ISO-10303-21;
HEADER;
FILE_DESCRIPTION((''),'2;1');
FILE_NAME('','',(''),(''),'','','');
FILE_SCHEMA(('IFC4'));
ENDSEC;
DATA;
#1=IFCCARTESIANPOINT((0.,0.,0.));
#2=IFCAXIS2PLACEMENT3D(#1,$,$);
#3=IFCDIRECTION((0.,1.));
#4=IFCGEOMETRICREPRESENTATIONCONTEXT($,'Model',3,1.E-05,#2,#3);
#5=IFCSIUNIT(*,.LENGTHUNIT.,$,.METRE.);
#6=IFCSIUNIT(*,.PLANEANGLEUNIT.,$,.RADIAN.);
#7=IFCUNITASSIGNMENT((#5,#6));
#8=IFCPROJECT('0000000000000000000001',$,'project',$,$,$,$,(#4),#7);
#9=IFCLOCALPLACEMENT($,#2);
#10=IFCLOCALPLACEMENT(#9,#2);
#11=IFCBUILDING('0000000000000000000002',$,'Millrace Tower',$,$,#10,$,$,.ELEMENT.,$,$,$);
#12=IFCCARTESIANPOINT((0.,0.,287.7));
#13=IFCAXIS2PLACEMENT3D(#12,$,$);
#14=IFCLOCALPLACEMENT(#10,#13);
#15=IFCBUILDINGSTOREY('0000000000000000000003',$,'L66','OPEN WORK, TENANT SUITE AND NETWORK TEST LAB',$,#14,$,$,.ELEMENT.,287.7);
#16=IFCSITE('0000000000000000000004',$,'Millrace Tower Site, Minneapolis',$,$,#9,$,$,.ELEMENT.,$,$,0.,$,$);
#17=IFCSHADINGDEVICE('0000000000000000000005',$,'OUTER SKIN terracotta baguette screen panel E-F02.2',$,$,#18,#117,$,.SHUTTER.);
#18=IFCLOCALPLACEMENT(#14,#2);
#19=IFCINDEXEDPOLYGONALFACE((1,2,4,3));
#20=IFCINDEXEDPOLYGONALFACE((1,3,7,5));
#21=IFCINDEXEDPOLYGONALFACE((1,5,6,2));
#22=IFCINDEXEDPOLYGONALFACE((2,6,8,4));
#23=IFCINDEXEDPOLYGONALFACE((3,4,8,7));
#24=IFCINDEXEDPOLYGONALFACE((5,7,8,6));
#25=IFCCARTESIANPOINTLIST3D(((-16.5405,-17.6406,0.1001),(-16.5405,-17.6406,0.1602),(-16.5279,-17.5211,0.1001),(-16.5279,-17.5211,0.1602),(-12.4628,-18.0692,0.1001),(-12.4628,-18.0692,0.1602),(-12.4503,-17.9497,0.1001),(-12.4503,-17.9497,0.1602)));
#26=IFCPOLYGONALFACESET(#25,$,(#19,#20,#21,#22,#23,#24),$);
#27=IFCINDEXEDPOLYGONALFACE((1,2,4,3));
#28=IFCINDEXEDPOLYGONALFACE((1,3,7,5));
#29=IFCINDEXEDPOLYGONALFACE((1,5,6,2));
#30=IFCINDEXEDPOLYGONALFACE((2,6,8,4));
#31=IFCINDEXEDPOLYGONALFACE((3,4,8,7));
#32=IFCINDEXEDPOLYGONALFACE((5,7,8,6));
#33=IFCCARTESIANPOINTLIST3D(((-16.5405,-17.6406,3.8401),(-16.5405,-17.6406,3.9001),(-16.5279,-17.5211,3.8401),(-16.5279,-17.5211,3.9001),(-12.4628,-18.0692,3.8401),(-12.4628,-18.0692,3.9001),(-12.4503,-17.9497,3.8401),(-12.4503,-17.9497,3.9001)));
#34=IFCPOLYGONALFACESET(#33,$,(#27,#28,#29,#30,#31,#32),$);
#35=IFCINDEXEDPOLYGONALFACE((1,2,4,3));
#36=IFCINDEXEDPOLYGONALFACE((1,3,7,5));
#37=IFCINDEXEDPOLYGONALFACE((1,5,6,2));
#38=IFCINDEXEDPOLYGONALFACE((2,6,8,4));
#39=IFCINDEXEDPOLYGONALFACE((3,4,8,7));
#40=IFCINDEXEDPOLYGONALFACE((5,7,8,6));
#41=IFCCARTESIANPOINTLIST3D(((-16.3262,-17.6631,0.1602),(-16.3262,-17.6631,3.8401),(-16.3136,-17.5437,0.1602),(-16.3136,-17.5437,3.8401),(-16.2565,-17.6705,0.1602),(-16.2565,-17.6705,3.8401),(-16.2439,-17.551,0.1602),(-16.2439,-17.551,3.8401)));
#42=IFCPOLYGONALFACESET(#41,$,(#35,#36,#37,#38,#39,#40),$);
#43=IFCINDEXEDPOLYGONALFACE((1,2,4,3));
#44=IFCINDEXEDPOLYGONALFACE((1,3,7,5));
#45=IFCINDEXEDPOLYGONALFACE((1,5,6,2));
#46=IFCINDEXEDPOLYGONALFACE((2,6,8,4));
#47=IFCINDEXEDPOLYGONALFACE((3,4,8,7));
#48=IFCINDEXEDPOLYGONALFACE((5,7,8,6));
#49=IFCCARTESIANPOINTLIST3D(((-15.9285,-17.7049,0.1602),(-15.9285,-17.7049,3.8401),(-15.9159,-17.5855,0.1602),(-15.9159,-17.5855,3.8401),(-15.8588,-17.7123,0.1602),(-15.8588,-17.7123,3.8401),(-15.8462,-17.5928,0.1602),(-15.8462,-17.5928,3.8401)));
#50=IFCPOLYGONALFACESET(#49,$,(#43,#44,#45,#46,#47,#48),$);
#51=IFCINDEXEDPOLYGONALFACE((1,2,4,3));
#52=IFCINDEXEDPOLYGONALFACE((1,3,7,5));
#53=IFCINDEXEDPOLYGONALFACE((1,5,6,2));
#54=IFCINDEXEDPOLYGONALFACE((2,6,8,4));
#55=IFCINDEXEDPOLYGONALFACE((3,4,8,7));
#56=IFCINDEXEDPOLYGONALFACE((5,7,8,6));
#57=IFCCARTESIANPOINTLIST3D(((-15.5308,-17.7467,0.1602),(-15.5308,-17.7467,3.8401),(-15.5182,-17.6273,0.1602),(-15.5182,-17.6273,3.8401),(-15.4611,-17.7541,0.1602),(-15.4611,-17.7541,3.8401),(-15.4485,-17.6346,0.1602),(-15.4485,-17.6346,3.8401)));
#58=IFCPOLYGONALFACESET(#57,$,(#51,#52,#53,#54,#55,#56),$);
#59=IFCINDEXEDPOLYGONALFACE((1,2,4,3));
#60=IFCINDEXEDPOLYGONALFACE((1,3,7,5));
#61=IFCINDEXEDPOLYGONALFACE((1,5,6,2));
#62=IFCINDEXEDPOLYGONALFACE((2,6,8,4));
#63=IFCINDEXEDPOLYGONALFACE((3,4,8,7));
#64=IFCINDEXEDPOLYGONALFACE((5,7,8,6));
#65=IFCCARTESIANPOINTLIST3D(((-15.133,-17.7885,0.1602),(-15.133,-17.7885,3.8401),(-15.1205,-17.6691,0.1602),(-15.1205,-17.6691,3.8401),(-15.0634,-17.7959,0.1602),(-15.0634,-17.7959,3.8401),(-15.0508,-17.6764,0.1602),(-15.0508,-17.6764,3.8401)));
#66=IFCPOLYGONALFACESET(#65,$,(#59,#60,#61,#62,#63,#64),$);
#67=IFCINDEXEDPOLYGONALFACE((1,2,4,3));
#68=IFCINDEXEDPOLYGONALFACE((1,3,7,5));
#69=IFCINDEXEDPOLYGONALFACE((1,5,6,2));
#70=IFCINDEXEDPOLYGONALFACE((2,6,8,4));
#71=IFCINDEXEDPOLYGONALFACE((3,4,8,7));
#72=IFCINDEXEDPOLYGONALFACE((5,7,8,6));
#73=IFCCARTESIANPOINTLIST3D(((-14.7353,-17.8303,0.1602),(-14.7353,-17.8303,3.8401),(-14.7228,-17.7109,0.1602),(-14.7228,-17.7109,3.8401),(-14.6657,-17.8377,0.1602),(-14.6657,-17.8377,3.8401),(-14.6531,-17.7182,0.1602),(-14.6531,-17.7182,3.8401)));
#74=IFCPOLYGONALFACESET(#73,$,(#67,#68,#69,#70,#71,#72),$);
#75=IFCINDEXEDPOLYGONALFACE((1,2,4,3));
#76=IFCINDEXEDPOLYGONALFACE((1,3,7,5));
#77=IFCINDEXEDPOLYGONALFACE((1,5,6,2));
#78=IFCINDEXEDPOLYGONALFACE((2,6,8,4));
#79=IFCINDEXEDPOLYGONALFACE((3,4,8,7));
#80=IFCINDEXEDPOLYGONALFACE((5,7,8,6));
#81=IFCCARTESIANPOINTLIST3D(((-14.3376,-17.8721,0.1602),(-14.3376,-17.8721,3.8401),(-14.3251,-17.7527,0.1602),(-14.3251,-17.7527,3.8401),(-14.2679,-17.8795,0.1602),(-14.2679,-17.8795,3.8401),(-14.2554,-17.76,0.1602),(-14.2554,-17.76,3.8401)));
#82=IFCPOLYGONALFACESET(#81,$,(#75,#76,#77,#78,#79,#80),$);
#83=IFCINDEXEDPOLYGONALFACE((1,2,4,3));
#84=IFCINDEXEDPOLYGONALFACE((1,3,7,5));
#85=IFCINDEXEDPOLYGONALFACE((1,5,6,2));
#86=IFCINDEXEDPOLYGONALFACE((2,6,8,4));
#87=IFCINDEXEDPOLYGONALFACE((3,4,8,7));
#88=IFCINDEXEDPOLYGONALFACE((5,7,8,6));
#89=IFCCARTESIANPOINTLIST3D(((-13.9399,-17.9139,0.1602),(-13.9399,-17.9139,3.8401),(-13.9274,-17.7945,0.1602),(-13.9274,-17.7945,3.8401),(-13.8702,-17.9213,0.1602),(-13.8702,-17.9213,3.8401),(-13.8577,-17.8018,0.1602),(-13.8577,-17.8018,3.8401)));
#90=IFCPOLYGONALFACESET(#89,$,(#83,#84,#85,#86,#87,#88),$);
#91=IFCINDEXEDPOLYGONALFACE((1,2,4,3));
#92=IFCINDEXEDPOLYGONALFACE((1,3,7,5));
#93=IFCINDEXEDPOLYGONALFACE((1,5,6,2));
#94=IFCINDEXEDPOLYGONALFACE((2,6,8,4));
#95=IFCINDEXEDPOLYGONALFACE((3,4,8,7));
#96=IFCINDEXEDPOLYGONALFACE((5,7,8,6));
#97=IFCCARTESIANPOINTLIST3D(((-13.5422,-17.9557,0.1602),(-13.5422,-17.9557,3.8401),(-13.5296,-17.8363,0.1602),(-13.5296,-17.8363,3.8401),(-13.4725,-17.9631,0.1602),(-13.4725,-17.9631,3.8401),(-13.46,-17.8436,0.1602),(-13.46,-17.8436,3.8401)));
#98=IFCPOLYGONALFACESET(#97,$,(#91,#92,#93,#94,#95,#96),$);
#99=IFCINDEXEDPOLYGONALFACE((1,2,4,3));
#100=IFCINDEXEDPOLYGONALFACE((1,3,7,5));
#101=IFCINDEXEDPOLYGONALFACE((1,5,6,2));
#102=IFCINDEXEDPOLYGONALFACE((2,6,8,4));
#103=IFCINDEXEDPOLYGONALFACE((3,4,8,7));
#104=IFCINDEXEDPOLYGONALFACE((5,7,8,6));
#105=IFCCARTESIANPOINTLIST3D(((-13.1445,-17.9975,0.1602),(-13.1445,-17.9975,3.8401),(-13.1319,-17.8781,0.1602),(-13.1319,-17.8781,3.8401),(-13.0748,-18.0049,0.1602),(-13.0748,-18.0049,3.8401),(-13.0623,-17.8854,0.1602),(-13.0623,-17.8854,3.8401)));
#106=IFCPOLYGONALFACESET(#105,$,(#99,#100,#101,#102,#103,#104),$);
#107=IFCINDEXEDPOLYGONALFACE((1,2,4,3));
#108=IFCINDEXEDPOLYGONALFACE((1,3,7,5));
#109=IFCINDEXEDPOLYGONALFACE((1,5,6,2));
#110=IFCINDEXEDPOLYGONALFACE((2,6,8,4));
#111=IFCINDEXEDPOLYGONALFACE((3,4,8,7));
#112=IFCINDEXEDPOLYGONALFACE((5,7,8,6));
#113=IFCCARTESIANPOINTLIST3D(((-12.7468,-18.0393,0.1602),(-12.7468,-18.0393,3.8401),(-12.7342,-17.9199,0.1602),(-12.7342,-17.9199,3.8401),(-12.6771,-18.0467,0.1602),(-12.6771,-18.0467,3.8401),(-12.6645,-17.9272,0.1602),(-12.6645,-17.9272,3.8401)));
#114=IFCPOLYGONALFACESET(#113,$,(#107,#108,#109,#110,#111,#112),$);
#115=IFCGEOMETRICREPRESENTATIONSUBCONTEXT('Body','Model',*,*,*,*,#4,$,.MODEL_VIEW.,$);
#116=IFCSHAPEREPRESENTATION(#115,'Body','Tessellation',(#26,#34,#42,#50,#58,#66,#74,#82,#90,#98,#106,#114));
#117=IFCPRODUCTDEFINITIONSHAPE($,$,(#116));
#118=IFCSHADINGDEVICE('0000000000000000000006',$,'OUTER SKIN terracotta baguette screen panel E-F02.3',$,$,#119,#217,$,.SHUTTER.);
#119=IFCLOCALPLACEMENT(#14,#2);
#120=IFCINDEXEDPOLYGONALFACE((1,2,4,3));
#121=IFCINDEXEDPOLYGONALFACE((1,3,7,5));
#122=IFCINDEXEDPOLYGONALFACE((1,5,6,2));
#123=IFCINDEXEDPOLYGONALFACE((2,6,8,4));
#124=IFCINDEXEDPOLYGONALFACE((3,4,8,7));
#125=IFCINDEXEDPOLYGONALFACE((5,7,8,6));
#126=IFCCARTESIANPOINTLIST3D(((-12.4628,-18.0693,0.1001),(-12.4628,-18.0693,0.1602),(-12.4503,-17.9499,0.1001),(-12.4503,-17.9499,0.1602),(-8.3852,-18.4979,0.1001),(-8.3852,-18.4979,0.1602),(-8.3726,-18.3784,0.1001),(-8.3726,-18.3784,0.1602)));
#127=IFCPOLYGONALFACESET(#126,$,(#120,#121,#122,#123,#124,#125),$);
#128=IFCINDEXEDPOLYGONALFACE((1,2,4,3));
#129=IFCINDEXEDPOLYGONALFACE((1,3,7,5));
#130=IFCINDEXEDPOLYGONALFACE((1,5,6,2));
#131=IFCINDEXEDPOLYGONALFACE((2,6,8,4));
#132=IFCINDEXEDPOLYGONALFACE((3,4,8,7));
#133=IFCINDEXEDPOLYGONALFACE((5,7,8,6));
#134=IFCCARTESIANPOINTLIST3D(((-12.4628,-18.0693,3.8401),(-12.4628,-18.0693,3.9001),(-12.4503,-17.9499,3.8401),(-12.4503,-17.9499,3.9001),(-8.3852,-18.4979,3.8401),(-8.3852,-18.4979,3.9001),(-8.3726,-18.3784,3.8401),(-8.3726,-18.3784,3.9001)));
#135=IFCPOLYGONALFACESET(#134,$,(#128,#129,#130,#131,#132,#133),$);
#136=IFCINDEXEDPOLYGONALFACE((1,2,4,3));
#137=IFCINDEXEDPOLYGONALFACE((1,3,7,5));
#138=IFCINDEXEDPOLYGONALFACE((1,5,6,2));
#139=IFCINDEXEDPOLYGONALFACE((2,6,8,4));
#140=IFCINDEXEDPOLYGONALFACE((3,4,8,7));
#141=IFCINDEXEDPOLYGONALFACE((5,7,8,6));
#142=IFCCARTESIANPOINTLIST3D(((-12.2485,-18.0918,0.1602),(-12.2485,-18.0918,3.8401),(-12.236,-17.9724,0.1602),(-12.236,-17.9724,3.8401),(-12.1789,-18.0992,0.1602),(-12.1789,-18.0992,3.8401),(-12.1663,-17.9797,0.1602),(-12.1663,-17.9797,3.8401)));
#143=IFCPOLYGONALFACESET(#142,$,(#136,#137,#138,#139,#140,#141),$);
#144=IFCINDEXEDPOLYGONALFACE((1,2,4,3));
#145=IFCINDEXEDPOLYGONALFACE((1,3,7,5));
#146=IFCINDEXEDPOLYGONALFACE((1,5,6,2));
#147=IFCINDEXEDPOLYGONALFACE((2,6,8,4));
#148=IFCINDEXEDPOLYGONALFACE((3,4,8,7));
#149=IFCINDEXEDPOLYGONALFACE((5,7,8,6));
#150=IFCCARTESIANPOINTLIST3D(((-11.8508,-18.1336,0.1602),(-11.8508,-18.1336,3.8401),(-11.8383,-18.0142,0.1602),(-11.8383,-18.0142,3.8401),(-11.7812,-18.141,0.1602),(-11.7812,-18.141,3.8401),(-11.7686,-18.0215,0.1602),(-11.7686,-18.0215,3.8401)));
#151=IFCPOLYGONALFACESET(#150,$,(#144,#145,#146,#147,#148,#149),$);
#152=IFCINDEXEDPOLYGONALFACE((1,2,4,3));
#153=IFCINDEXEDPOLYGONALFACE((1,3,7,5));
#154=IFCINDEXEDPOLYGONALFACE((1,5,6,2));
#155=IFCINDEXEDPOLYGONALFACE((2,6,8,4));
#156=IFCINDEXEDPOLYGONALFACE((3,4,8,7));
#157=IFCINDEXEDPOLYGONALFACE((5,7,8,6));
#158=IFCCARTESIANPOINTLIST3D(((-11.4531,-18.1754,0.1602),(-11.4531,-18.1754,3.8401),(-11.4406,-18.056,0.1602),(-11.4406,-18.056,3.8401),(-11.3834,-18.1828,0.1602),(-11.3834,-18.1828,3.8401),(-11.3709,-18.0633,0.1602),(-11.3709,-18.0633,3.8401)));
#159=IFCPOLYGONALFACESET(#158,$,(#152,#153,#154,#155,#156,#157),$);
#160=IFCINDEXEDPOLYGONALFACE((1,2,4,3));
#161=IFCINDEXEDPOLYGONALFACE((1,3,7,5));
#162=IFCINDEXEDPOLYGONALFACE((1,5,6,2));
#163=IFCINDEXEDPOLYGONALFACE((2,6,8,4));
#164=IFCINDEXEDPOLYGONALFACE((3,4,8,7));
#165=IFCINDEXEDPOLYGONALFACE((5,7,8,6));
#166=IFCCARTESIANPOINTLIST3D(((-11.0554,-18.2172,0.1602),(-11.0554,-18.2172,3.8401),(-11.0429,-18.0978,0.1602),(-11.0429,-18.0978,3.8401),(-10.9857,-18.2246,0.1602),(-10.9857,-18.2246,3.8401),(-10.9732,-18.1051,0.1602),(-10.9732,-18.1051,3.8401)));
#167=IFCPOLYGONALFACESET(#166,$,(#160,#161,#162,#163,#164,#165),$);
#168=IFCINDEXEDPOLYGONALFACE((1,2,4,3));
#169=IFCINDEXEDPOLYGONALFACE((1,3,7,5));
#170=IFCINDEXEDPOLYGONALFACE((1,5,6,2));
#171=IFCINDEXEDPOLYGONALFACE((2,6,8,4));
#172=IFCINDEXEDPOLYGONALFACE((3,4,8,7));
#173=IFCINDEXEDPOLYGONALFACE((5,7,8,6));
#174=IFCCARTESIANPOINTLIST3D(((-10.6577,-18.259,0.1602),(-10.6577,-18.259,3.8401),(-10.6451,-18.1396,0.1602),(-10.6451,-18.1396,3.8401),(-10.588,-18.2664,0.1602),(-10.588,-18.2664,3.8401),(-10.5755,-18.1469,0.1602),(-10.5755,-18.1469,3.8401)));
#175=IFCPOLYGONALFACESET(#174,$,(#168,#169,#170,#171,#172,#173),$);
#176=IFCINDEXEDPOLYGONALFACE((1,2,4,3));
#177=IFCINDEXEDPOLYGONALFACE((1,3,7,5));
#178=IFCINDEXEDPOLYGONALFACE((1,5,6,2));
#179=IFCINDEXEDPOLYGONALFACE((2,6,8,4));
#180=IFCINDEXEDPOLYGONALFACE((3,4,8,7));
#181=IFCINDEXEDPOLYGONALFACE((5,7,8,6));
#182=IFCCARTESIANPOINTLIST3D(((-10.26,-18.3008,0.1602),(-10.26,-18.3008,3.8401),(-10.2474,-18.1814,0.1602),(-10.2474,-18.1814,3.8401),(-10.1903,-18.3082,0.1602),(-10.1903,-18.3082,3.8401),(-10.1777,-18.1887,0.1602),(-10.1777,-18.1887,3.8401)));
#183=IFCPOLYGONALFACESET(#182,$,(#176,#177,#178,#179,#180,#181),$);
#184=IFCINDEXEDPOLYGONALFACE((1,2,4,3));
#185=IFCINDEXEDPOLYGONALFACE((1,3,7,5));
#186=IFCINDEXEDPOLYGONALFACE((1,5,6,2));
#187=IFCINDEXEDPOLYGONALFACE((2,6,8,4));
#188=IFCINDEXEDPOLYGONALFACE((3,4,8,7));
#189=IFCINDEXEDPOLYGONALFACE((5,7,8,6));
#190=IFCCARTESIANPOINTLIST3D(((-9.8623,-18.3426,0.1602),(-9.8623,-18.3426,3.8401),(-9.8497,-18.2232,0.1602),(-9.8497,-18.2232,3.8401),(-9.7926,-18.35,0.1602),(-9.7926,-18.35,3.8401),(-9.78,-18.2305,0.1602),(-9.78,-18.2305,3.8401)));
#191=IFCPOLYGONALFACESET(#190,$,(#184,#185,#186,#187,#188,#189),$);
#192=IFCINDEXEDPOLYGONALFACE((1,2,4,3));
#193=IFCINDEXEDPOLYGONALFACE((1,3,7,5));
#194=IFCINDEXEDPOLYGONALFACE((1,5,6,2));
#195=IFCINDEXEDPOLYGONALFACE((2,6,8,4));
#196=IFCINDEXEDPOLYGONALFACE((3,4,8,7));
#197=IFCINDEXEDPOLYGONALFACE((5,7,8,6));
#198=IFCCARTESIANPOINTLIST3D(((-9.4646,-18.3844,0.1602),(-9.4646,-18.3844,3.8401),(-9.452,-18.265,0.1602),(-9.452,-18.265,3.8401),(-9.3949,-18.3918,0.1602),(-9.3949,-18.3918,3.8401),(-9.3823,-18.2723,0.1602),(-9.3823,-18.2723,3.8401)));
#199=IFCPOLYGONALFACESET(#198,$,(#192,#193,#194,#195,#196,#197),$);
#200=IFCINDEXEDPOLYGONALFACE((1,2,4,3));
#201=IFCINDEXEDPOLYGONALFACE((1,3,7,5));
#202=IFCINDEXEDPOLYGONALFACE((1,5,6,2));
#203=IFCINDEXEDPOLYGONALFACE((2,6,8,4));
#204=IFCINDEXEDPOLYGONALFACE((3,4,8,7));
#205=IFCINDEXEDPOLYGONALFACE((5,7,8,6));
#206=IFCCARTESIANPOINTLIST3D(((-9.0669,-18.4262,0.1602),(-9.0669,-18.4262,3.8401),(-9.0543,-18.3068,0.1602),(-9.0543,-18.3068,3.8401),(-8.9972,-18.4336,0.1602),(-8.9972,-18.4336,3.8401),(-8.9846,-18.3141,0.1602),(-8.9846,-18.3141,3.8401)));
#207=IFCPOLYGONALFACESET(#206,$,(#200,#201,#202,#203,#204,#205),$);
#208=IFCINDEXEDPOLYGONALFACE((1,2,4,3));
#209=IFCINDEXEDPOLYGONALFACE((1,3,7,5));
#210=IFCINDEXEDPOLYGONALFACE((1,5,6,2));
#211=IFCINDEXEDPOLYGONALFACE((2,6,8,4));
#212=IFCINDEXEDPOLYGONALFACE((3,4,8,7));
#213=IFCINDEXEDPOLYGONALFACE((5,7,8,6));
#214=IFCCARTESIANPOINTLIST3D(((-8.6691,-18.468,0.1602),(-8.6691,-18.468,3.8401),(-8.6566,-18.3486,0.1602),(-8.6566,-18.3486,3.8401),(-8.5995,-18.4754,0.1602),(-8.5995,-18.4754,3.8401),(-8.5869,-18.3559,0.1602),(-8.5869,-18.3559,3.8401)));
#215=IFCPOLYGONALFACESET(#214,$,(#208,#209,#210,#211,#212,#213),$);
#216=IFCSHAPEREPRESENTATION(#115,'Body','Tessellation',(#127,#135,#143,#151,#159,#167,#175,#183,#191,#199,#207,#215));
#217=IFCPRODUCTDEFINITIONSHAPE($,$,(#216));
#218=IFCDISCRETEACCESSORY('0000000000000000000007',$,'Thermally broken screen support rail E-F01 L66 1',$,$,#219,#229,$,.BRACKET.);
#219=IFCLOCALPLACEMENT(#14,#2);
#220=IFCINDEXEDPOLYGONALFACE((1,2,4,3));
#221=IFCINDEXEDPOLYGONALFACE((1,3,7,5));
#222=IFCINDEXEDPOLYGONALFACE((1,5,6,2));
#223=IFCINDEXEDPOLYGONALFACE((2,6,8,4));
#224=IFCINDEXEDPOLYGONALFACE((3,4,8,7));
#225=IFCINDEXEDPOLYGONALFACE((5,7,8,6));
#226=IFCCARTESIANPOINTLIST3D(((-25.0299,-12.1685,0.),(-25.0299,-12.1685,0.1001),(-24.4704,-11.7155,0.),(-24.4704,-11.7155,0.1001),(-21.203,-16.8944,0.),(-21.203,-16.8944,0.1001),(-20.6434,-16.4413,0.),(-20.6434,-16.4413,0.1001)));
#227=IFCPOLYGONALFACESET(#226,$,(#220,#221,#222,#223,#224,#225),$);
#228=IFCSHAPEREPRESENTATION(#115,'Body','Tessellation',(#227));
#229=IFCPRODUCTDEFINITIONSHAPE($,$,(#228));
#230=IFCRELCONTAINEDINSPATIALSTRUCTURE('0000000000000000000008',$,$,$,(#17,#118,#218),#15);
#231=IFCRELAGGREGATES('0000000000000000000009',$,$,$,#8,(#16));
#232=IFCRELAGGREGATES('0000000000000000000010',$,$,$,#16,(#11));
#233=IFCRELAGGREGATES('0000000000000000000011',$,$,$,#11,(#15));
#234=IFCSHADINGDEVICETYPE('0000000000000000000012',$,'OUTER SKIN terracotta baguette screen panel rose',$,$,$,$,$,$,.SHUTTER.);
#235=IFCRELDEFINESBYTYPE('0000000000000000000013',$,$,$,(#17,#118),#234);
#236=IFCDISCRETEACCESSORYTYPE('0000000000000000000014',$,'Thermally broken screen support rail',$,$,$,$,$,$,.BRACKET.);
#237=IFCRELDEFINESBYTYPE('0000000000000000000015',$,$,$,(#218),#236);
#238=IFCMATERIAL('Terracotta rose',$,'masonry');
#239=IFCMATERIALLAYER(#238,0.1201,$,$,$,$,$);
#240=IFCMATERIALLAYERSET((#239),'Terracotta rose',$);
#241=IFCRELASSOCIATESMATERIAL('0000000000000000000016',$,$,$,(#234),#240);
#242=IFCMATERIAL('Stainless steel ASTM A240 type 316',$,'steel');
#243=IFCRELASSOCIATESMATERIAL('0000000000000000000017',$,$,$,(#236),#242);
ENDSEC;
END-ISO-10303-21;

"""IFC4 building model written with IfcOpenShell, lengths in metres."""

from ifc_helpers import new_model, entity, si_unit, direction, frame, frame_2d, origin, origin_2d, place, context, subcontext, project, spatial, rectangle, extrude, source, transform, mapped, material, layer, layer_set, type_object, element, save


model = new_model("IFC4")

# Units and contexts
model_context = context("Model", 3, precision=1e-05, world=origin(), true_north=direction((0.0, 1.0)))
body_context = subcontext(model_context, "Body", "Model", "MODEL_VIEW")
ifc_project = project(units=[si_unit("LENGTHUNIT", "METRE"), si_unit("PLANEANGLEUNIT", "RADIAN")], contexts=[model_context])

# Site, building, storey
site_placement = place(None, origin())
site = spatial("IfcSite", under=ifc_project, at=site_placement, Name="Millrace Tower Site, Minneapolis", CompositionType="ELEMENT", RefElevation=0.0)
building_placement = place(site_placement, origin())
building = spatial("IfcBuilding", under=site, at=building_placement, Name="Millrace Tower", CompositionType="ELEMENT")
storey_placement = place(building_placement, frame((0.0, 0.0, 287.7)))
storey = spatial("IfcBuildingStorey", under=building, at=storey_placement, Name="L66", Description="OPEN WORK, TENANT SUITE AND NETWORK TEST LAB", CompositionType="ELEMENT", Elevation=287.7)

# Shading devices
ifc_material_1 = material(Name="Terracotta rose", Category="masonry")
ifc_layer_1 = layer(ifc_material_1, 0.1201)
ifc_layer_set_1 = layer_set([ifc_layer_1], Name="Terracotta rose")
shading_device_type = type_object("IfcShadingDeviceType", Name="OUTER SKIN terracotta baguette screen panel rose", PredefinedType="SHUTTER", material=ifc_layer_set_1)
cartesian_point_1 = entity("IfcCartesianPoint", [-2.05, 0.0601])
shared_polyline_1 = entity("IfcPolyline", [cartesian_point_1, entity("IfcCartesianPoint", [2.05, 0.0601]), entity("IfcCartesianPoint", [2.05, -0.0601]), entity("IfcCartesianPoint", [-2.05, -0.0601]), cartesian_point_1])
shared_shape_1 = source(origin(), body_context, "Body", "SweptSolid", [
    entity("IfcExtrudedAreaSolid", entity("IfcArbitraryClosedProfileDef", "AREA", None, shared_polyline_1), entity("IfcAxis2Placement3D", entity("IfcCartesianPoint", [0.0, 0.0, 0.0])), entity("IfcDirection", [0.0, 0.0, 1.0]), 0.0601),
    entity("IfcExtrudedAreaSolid", entity("IfcArbitraryClosedProfileDef", "AREA", None, shared_polyline_1), entity("IfcAxis2Placement3D", entity("IfcCartesianPoint", [0.0, 0.0, 3.74])), entity("IfcDirection", [0.0, 0.0, 1.0]), 0.0601),
    extrude(rectangle(XDim=0.0701, YDim=0.1201, at=frame_2d((-1.7996, 0.0))), frame((0.0, 0.0, 0.0601)), (0.0, 0.0, 1.0), 3.6799),
    extrude(rectangle(XDim=0.0701, YDim=0.1201, at=frame_2d((-1.3997, 0.0))), frame((0.0, 0.0, 0.0601)), (0.0, 0.0, 1.0), 3.6799),
    extrude(rectangle(XDim=0.0701, YDim=0.1201, at=frame_2d((-0.9998, 0.0))), frame((0.0, 0.0, 0.0601)), (0.0, 0.0, 1.0), 3.6799),
    extrude(rectangle(XDim=0.0701, YDim=0.1201, at=frame_2d((-0.5999, 0.0))), frame((0.0, 0.0, 0.0601)), (0.0, 0.0, 1.0), 3.6799),
    extrude(rectangle(XDim=0.0701, YDim=0.1201, at=frame_2d((-0.2, 0.0))), frame((0.0, 0.0, 0.0601)), (0.0, 0.0, 1.0), 3.6799),
    extrude(rectangle(XDim=0.0701, YDim=0.1201, at=frame_2d((0.2, 0.0))), frame((0.0, 0.0, 0.0601)), (0.0, 0.0, 1.0), 3.6799),
    extrude(rectangle(XDim=0.0701, YDim=0.1201, at=frame_2d((0.5999, 0.0))), frame((0.0, 0.0, 0.0601)), (0.0, 0.0, 1.0), 3.6799),
    extrude(rectangle(XDim=0.0701, YDim=0.1201, at=frame_2d((0.9998, 0.0))), frame((0.0, 0.0, 0.0601)), (0.0, 0.0, 1.0), 3.6799),
    extrude(rectangle(XDim=0.0701, YDim=0.1201, at=frame_2d((1.3997, 0.0))), frame((0.0, 0.0, 0.0601)), (0.0, 0.0, 1.0), 3.6799),
    extrude(rectangle(XDim=0.0701, YDim=0.1201, at=frame_2d((1.7996, 0.0))), frame((0.0, 0.0, 0.0601)), (0.0, 0.0, 1.0), 3.6799),
])
for number, where, z_axis, x_axis, name in (
    (1, (-14.4954, -17.7952, 0.1001), (0.0, 0.0, 1.0), (0.994522, -0.104528, 0.0), "OUTER SKIN terracotta baguette screen panel E-F02.2"),
    (2, (-10.4177, -18.2239, 0.1001), (0.0, 0.0, 1.0), (0.994522, -0.104528, 0.0), "OUTER SKIN terracotta baguette screen panel E-F02.3"),
):
    element("IfcShadingDevice", number, at=place(storey_placement, frame(where, z_axis=z_axis, x_axis=x_axis)), inside=storey, type_object=shading_device_type, Name=name, PredefinedType="SHUTTER", context=body_context, shape_type="MappedRepresentation", body=[
        mapped(shared_shape_1, transform((0.0, 0.0, 0.0), scale=1.0)),
    ])

# Discrete accessory
ifc_material_2 = material(Name="Stainless steel ASTM A240 type 316", Category="steel")
discrete_accessory_type = type_object("IfcDiscreteAccessoryType", Name="Thermally broken screen support rail", PredefinedType="BRACKET", material=ifc_material_2)
discrete_accessory_placement = place(storey_placement, frame((-22.8367, -14.3049, 0.0), z_axis=(0.0, 0.0, 1.0), x_axis=(0.62932, -0.777146, 0.0)))
element("IfcDiscreteAccessory", 3, at=discrete_accessory_placement, inside=storey, type_object=discrete_accessory_type, Name="Thermally broken screen support rail E-F01 L66 1", PredefinedType="BRACKET", context=body_context, shape_type="SweptSolid", body=[
    extrude(rectangle(XDim=6.0811, YDim=0.72, at=origin_2d()), origin(), (0.0, 0.0, 1.0), 0.1001),
])

save(model, "model.ifc")
